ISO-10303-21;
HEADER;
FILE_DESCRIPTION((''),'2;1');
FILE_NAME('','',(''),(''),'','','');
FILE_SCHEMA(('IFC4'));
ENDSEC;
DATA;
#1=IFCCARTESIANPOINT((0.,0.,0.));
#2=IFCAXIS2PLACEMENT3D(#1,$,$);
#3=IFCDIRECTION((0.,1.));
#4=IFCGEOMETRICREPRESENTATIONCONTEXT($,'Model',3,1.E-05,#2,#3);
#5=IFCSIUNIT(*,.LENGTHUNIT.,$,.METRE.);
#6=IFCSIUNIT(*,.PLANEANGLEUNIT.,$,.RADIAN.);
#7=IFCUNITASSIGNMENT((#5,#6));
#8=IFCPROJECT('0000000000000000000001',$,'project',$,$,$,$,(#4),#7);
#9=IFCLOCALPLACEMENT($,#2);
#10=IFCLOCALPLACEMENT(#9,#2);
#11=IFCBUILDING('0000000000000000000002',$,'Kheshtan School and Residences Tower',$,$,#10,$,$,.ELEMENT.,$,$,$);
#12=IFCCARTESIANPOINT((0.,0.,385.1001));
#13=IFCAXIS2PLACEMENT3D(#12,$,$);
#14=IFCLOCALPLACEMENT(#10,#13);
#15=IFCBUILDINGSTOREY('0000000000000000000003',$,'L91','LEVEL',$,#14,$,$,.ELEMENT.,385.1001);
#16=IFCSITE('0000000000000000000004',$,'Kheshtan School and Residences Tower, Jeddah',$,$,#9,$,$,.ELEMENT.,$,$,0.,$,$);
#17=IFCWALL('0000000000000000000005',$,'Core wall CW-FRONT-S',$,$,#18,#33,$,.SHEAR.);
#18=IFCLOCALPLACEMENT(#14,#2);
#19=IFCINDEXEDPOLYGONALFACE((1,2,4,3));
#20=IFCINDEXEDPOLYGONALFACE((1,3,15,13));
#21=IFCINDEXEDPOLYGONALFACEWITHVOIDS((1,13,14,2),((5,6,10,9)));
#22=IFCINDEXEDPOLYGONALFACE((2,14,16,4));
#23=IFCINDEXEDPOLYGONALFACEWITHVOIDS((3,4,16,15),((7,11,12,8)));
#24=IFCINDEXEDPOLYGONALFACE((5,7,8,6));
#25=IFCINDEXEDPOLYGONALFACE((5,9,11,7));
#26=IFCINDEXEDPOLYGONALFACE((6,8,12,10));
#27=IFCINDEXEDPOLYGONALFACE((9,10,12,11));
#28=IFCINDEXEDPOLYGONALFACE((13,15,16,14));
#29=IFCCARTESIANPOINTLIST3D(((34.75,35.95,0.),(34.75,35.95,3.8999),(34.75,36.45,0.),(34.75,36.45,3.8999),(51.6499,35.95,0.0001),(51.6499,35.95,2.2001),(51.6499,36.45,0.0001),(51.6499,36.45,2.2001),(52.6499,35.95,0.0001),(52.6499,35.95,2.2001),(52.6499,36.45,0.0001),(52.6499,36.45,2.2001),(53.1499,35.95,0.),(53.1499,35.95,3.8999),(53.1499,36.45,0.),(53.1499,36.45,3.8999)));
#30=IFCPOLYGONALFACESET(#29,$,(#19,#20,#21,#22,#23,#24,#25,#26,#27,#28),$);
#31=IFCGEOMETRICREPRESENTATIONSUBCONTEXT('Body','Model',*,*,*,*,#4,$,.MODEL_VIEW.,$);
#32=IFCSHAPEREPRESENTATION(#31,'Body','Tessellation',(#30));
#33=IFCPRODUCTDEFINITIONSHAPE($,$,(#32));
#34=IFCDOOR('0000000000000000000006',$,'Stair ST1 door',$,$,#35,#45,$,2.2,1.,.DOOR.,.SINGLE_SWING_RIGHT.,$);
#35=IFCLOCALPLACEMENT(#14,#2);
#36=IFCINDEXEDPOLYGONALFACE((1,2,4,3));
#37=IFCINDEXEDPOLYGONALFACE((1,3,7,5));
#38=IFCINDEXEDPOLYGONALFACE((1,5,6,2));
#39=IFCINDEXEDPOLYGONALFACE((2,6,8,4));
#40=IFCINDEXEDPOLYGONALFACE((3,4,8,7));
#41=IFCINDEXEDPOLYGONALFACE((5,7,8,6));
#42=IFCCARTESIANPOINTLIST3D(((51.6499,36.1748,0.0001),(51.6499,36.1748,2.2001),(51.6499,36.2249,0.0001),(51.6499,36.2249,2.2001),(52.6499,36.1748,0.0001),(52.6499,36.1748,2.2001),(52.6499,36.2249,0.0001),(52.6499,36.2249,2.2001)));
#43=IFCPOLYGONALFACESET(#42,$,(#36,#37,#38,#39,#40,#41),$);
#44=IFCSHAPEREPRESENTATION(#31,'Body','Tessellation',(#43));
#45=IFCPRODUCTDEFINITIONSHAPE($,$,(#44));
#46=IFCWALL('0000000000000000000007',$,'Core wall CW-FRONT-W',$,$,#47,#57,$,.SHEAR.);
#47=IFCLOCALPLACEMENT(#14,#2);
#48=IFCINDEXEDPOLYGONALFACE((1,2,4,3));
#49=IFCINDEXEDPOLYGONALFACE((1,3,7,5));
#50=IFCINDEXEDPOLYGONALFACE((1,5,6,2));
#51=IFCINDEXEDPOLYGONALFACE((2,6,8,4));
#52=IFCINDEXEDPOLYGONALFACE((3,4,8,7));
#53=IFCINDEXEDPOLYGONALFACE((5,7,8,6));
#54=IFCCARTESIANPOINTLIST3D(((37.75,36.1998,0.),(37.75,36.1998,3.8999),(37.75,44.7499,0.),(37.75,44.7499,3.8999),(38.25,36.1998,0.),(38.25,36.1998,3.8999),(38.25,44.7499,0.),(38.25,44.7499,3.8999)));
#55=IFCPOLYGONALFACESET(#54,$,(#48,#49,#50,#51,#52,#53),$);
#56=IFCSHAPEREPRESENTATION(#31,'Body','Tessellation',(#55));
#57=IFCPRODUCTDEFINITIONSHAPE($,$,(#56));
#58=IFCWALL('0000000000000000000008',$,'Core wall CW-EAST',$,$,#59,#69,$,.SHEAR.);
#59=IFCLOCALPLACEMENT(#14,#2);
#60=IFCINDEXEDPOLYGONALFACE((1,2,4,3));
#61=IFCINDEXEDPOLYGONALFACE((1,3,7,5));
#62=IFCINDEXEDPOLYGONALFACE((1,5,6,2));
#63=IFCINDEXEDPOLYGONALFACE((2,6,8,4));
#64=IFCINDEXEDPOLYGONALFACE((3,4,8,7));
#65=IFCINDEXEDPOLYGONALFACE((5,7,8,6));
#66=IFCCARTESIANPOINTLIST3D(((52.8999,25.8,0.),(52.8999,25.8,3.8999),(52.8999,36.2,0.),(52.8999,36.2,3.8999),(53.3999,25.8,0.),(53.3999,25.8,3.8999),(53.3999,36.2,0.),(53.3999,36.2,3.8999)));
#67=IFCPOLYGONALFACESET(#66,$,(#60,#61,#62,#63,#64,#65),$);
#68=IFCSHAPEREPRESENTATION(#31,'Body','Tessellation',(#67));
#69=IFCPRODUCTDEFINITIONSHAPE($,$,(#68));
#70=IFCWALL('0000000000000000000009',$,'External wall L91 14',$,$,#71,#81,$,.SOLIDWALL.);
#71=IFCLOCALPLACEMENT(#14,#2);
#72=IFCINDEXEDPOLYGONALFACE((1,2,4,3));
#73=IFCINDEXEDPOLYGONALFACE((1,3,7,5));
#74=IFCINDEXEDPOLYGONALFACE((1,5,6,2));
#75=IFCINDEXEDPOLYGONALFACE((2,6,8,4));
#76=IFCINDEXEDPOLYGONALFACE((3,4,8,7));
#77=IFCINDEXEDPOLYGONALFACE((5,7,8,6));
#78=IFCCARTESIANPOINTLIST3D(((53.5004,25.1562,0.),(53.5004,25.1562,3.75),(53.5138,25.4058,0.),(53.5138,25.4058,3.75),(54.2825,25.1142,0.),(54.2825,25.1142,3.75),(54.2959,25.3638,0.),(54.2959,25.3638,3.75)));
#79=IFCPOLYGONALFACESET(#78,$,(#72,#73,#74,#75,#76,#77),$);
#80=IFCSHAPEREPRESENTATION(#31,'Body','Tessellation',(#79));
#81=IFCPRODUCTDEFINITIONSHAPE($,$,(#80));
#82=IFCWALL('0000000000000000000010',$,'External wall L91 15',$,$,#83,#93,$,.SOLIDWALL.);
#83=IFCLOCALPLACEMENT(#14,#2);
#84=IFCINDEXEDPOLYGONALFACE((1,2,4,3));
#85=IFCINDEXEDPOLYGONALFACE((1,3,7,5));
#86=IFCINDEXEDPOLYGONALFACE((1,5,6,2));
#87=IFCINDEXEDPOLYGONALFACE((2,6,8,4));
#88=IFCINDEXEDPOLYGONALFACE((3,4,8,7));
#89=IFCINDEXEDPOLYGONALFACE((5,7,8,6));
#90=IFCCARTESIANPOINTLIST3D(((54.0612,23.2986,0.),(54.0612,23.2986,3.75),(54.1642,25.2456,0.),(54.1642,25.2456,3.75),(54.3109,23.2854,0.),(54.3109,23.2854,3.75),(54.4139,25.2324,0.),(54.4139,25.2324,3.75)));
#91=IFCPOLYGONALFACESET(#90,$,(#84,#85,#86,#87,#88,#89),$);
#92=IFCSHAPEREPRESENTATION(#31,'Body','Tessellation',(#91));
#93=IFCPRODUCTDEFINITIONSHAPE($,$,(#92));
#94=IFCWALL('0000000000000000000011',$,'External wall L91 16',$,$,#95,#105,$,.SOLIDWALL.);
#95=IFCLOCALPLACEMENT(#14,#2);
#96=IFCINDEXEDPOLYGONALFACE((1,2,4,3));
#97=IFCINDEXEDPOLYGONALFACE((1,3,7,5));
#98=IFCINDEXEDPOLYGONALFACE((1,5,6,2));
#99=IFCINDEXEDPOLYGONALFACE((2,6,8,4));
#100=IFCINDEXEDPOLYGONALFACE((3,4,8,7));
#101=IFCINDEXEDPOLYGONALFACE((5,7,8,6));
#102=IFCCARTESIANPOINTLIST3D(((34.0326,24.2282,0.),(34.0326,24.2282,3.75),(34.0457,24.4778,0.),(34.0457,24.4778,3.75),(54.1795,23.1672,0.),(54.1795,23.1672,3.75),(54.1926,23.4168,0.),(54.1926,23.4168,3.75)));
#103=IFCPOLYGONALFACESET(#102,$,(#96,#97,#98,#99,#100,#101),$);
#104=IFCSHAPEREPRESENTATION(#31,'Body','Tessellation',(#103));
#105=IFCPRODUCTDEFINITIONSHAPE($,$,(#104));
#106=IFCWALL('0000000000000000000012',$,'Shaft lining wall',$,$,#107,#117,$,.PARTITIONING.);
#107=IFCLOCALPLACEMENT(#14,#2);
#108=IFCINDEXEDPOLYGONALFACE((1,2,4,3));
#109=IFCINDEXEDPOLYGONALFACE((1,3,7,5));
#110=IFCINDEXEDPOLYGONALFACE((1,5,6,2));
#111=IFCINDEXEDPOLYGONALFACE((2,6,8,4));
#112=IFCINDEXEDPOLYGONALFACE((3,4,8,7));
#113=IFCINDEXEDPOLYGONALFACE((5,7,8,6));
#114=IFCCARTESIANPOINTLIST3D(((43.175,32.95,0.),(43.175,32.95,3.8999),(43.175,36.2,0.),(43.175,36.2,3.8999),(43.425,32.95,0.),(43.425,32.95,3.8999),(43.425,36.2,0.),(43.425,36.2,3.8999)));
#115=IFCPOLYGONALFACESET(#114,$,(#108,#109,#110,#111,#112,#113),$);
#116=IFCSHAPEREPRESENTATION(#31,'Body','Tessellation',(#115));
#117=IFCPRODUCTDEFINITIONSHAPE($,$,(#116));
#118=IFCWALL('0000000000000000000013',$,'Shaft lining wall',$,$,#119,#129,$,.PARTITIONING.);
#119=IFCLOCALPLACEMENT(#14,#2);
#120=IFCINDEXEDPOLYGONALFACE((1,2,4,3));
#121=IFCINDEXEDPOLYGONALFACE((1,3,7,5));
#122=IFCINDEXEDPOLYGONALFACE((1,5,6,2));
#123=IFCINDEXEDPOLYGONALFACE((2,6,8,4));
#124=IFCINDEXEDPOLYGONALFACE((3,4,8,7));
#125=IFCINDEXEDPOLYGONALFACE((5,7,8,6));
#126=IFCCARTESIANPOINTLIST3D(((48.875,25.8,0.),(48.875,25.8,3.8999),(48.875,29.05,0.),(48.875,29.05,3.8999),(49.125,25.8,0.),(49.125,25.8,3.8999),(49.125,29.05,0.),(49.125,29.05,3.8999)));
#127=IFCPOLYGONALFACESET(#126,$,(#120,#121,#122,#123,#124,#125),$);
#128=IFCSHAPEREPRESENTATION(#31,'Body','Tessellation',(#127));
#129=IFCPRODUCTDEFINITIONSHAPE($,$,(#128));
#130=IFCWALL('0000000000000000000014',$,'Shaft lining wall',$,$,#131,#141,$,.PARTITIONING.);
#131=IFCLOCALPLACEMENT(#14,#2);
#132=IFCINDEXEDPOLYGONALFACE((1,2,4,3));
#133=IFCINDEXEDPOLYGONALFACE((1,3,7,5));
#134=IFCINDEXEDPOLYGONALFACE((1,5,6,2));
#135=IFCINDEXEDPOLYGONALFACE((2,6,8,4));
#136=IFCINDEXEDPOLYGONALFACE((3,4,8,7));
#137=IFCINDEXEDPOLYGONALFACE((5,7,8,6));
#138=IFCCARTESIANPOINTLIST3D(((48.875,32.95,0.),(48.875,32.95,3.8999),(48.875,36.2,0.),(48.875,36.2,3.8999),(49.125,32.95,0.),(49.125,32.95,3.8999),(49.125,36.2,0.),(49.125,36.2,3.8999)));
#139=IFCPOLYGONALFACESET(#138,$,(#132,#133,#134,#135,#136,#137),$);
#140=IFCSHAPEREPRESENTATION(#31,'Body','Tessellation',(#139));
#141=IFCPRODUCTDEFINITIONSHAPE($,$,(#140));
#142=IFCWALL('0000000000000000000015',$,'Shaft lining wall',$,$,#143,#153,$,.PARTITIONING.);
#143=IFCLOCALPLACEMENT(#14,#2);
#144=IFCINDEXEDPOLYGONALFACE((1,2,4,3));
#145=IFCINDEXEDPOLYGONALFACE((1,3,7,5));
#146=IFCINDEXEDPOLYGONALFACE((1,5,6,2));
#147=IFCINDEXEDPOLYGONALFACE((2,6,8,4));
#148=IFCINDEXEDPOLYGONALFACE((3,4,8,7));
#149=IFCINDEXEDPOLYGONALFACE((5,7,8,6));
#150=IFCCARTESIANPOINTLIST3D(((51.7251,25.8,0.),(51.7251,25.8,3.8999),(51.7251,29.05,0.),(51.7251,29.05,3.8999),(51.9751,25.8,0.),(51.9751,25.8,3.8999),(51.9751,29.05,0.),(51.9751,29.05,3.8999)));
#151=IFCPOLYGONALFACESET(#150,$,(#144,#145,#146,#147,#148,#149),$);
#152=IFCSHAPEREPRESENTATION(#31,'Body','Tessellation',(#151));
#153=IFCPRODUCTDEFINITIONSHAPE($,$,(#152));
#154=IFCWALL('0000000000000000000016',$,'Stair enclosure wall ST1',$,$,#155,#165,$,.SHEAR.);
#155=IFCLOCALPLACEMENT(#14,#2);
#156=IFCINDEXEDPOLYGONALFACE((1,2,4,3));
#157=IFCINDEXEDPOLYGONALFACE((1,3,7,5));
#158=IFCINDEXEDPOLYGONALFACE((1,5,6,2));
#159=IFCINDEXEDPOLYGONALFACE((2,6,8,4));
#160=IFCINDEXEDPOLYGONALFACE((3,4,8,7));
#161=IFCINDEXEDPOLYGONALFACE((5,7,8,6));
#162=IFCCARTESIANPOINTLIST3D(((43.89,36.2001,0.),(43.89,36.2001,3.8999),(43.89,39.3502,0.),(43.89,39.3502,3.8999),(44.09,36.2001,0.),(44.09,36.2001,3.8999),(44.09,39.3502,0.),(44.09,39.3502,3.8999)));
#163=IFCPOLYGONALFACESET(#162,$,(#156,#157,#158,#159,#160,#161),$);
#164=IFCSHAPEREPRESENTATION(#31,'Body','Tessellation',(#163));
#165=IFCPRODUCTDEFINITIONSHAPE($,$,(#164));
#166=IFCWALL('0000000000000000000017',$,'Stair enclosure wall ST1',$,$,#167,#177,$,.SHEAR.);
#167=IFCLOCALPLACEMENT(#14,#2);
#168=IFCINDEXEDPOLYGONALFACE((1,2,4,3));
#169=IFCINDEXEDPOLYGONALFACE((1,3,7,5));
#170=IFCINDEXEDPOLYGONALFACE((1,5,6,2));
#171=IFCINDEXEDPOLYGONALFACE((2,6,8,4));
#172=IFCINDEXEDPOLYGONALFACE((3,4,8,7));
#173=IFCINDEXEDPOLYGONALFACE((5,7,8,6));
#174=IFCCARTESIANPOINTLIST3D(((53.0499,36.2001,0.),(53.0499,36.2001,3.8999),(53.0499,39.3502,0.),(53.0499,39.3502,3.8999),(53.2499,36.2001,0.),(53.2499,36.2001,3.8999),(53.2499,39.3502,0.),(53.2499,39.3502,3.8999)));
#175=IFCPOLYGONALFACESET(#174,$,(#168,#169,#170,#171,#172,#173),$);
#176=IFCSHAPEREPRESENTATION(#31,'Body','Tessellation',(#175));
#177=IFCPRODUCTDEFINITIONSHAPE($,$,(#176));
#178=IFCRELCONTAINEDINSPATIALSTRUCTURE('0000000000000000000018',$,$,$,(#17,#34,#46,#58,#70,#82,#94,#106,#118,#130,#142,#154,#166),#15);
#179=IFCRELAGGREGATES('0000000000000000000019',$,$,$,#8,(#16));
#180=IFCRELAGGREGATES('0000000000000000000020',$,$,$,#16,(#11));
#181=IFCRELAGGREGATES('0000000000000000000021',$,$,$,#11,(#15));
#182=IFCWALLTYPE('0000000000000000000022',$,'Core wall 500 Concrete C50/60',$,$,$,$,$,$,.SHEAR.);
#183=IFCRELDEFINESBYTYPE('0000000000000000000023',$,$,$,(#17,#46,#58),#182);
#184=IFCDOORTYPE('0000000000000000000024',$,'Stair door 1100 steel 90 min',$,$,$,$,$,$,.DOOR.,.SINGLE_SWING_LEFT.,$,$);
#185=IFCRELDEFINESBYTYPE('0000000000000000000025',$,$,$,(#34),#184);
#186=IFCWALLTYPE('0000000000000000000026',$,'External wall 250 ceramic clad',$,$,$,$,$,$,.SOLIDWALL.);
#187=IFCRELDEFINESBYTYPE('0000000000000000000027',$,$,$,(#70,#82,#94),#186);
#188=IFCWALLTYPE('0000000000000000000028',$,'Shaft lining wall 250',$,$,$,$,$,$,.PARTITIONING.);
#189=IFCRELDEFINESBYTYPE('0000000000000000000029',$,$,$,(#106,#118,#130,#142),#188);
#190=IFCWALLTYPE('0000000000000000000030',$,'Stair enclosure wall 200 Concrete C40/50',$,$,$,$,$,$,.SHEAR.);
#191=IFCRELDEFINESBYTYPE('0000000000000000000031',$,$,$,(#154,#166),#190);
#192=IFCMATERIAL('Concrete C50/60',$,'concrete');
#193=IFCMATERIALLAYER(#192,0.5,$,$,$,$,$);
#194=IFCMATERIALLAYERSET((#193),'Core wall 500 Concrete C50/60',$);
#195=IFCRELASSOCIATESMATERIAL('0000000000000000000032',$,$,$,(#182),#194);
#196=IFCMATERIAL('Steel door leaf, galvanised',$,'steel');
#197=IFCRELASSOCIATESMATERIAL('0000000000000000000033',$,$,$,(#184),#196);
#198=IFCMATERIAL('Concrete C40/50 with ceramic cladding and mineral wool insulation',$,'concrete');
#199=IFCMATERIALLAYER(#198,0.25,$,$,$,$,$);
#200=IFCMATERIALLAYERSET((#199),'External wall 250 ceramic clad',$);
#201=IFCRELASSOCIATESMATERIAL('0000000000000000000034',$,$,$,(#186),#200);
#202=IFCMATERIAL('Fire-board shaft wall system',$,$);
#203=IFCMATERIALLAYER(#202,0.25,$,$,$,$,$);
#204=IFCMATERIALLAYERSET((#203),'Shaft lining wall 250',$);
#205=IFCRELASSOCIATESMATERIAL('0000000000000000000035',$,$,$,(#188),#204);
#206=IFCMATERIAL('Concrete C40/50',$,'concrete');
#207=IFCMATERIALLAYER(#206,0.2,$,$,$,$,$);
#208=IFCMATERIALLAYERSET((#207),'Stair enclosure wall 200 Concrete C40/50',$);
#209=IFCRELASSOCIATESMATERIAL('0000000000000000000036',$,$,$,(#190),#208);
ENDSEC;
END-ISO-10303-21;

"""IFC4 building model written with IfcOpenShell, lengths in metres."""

from ifc_helpers import new_model, si_unit, direction, frame, frame_2d, origin, place, context, subcontext, project, spatial, rectangle, extrude, source, transform, mapped, material, layer, layer_set, type_object, element, fill, save


model = new_model("IFC4")

# Units and contexts
model_context = context("Model", 3, precision=1e-05, world=origin(), true_north=direction((0.0, 1.0)))
body_context = subcontext(model_context, "Body", "Model", "MODEL_VIEW")
ifc_project = project(units=[si_unit("LENGTHUNIT", "METRE"), si_unit("PLANEANGLEUNIT", "RADIAN")], contexts=[model_context])

# Site, building, storey
site_placement = place(None, origin())
site = spatial("IfcSite", under=ifc_project, at=site_placement, Name="Kheshtan School and Residences Tower, Jeddah", CompositionType="ELEMENT", RefElevation=0.0)
building_placement = place(site_placement, origin())
building = spatial("IfcBuilding", under=site, at=building_placement, Name="Kheshtan School and Residences Tower", CompositionType="ELEMENT")
storey_placement = place(building_placement, frame((0.0, 0.0, 385.1001)))
storey = spatial("IfcBuildingStorey", under=building, at=storey_placement, Name="L91", Description="LEVEL", CompositionType="ELEMENT", Elevation=385.1001)

# Wall, opening, door
ifc_material_1 = material(Name="Concrete C50/60", Category="concrete")
ifc_layer_1 = layer(ifc_material_1, 0.5)
ifc_layer_set_1 = layer_set([ifc_layer_1], Name="Core wall 500 Concrete C50/60")
wall_type_1 = type_object("IfcWallType", Name="Core wall 500 Concrete C50/60", PredefinedType="SHEAR", material=ifc_layer_set_1)
wall_1_placement = place(storey_placement, frame((34.75, 36.2, 0.0), z_axis=(0.0, 0.0, 1.0), x_axis=(1.0, 0.0, 0.0)))
wall_1 = element("IfcWall", 1, at=wall_1_placement, inside=storey, type_object=wall_type_1, Name="Core wall CW-FRONT-S", PredefinedType="SHEAR", context=body_context, shape_type="SweptSolid", body=[
    extrude(rectangle(XDim=18.3999, YDim=0.5, at=frame_2d((9.2, 0.0))), origin(), (0.0, 0.0, 1.0), 3.8999),
])
opening_placement = place(wall_1_placement, frame((16.8999, 0.0, 0.0)))
opening = element("IfcOpeningElement", 2, at=opening_placement, cuts=wall_1, PredefinedType="OPENING", context=body_context, shape_type="SweptSolid", body=[
    extrude(rectangle(XDim=1.0, YDim=2.2, at=frame_2d((0.5, 1.1001))), frame((0.0, 0.26, 0.0), z_axis=(0.0, -1.0, 0.0), x_axis=(1.0, 0.0, 0.0)), (0.0, 0.0, 1.0), 0.52),
])
ifc_material_2 = material(Name="Steel door leaf, galvanised", Category="steel")
door_type = type_object("IfcDoorType", Name="Stair door 1100 steel 90 min", OperationType="SINGLE_SWING_LEFT", PredefinedType="DOOR", material=ifc_material_2)
shared_shape = source(origin(), body_context, "Body", "SweptSolid", [
    extrude(rectangle(XDim=1.0, YDim=2.2, at=frame_2d((0.5, 1.1001))), frame((0.0, 0.0249, 0.0), z_axis=(0.0, -1.0, 0.0), x_axis=(1.0, 0.0, 0.0)), (0.0, 0.0, 1.0), 0.05),
])
door_placement = place(opening_placement, origin())
door = element("IfcDoor", 3, at=door_placement, inside=storey, type_object=door_type, Name="Stair ST1 door", OperationType="SINGLE_SWING_RIGHT", OverallHeight=2.2, OverallWidth=1.0, PredefinedType="DOOR", context=body_context, shape_type="MappedRepresentation", body=[
    mapped(shared_shape, transform((0.0, 0.0, 0.0), x_axis=(1.0, 0.0, 0.0), y_axis=(0.0, 1.0, 0.0), z_axis=(0.0, 0.0, 1.0), scale=1.0)),
])
fill(opening, door)

# Walls
wall_2_placement = place(storey_placement, frame((38.0, 36.2, 0.0), z_axis=(0.0, 0.0, 1.0), x_axis=(0.0, 1.0, 0.0)))
element("IfcWall", 4, at=wall_2_placement, inside=storey, type_object=wall_type_1, Name="Core wall CW-FRONT-W", PredefinedType="SHEAR", context=body_context, shape_type="SweptSolid", body=[
    extrude(rectangle(XDim=8.55, YDim=0.5, at=frame_2d((4.2749, 0.0))), origin(), (0.0, 0.0, 1.0), 3.8999),
])
wall_3_placement = place(storey_placement, frame((53.1499, 25.8, 0.0), z_axis=(0.0, 0.0, 1.0), x_axis=(0.0, 1.0, 0.0)))
element("IfcWall", 5, at=wall_3_placement, inside=storey, type_object=wall_type_1, Name="Core wall CW-EAST", PredefinedType="SHEAR", context=body_context, shape_type="SweptSolid", body=[
    extrude(rectangle(XDim=10.3999, YDim=0.5, at=frame_2d((5.2, 0.0))), origin(), (0.0, 0.0, 1.0), 3.8999),
])
ifc_material_3 = material(Name="Concrete C40/50 with ceramic cladding and mineral wool insulation", Category="concrete")
ifc_layer_2 = layer(ifc_material_3, 0.25)
ifc_layer_set_2 = layer_set([ifc_layer_2], Name="External wall 250 ceramic clad")
wall_type_2 = type_object("IfcWallType", Name="External wall 250 ceramic clad", PredefinedType="SOLIDWALL", material=ifc_layer_set_2)
wall_4_placement = place(storey_placement, frame((53.5071, 25.281, 0.0), z_axis=(0.0, 0.0, 1.0), x_axis=(0.998561, -0.053622, 0.0)))
element("IfcWall", 6, at=wall_4_placement, inside=storey, type_object=wall_type_2, Name="External wall L91 14", PredefinedType="SOLIDWALL", context=body_context, shape_type="SweptSolid", body=[
    extrude(rectangle(XDim=0.7832, YDim=0.25, at=frame_2d((0.3916, 0.0))), origin(), (0.0, 0.0, 1.0), 3.75),
])
wall_5_placement = place(storey_placement, frame((54.2891, 25.239, 0.0), z_axis=(0.0, 0.0, 1.0), x_axis=(-0.052841, -0.998603, 0.0)))
element("IfcWall", 7, at=wall_5_placement, inside=storey, type_object=wall_type_2, Name="External wall L91 15", PredefinedType="SOLIDWALL", context=body_context, shape_type="SweptSolid", body=[
    extrude(rectangle(XDim=1.9497, YDim=0.25, at=frame_2d((0.9749, 0.0))), origin(), (0.0, 0.0, 1.0), 3.75),
])
wall_6_placement = place(storey_placement, frame((54.186, 23.292, 0.0), z_axis=(0.0, 0.0, 1.0), x_axis=(-0.998616, 0.052592, 0.0)))
element("IfcWall", 8, at=wall_6_placement, inside=storey, type_object=wall_type_2, Name="External wall L91 16", PredefinedType="SOLIDWALL", context=body_context, shape_type="SweptSolid", body=[
    extrude(rectangle(XDim=20.1748, YDim=0.25, at=frame_2d((10.0874, 0.0))), origin(), (0.0, 0.0, 1.0), 3.75),
])
ifc_material_4 = material(Name="Fire-board shaft wall system")
ifc_layer_3 = layer(ifc_material_4, 0.25)
ifc_layer_set_3 = layer_set([ifc_layer_3], Name="Shaft lining wall 250")
wall_type_3 = type_object("IfcWallType", Name="Shaft lining wall 250", PredefinedType="PARTITIONING", material=ifc_layer_set_3)
for number, where, z_axis, x_axis, name in (
    (9, (43.3, 32.95, 0.0), (0.0, 0.0, 1.0), (0.0, 1.0, 0.0), "Shaft lining wall"),
    (10, (49.0, 25.8, 0.0), (0.0, 0.0, 1.0), (0.0, 1.0, 0.0), "Shaft lining wall"),
    (11, (49.0, 32.95, 0.0), (0.0, 0.0, 1.0), (0.0, 1.0, 0.0), "Shaft lining wall"),
    (12, (51.8501, 25.8, 0.0), (0.0, 0.0, 1.0), (0.0, 1.0, 0.0), "Shaft lining wall"),
):
    element("IfcWall", number, at=place(storey_placement, frame(where, z_axis=z_axis, x_axis=x_axis)), inside=storey, type_object=wall_type_3, Name=name, PredefinedType="PARTITIONING", context=body_context, shape_type="SweptSolid", body=[
        extrude(rectangle(XDim=3.25, YDim=0.25, at=frame_2d((1.625, 0.0))), origin(), (0.0, 0.0, 1.0), 3.8999),
    ])
ifc_material_5 = material(Name="Concrete C40/50", Category="concrete")
ifc_layer_4 = layer(ifc_material_5, 0.2)
ifc_layer_set_4 = layer_set([ifc_layer_4], Name="Stair enclosure wall 200 Concrete C40/50")
wall_type_4 = type_object("IfcWallType", Name="Stair enclosure wall 200 Concrete C40/50", PredefinedType="SHEAR", material=ifc_layer_set_4)
for number, where, z_axis, x_axis, name in (
    (13, (43.99, 36.2, 0.0), (0.0, 0.0, 1.0), (0.0, 1.0, 0.0), "Stair enclosure wall ST1"),
    (14, (53.1499, 36.2, 0.0), (0.0, 0.0, 1.0), (0.0, 1.0, 0.0), "Stair enclosure wall ST1"),
):
    element("IfcWall", number, at=place(storey_placement, frame(where, z_axis=z_axis, x_axis=x_axis)), inside=storey, type_object=wall_type_4, Name=name, PredefinedType="SHEAR", context=body_context, shape_type="SweptSolid", body=[
        extrude(rectangle(XDim=3.1501, YDim=0.2, at=frame_2d((1.5752, 0.0))), origin(), (0.0, 0.0, 1.0), 3.8999),
    ])

save(model, "model.ifc")
